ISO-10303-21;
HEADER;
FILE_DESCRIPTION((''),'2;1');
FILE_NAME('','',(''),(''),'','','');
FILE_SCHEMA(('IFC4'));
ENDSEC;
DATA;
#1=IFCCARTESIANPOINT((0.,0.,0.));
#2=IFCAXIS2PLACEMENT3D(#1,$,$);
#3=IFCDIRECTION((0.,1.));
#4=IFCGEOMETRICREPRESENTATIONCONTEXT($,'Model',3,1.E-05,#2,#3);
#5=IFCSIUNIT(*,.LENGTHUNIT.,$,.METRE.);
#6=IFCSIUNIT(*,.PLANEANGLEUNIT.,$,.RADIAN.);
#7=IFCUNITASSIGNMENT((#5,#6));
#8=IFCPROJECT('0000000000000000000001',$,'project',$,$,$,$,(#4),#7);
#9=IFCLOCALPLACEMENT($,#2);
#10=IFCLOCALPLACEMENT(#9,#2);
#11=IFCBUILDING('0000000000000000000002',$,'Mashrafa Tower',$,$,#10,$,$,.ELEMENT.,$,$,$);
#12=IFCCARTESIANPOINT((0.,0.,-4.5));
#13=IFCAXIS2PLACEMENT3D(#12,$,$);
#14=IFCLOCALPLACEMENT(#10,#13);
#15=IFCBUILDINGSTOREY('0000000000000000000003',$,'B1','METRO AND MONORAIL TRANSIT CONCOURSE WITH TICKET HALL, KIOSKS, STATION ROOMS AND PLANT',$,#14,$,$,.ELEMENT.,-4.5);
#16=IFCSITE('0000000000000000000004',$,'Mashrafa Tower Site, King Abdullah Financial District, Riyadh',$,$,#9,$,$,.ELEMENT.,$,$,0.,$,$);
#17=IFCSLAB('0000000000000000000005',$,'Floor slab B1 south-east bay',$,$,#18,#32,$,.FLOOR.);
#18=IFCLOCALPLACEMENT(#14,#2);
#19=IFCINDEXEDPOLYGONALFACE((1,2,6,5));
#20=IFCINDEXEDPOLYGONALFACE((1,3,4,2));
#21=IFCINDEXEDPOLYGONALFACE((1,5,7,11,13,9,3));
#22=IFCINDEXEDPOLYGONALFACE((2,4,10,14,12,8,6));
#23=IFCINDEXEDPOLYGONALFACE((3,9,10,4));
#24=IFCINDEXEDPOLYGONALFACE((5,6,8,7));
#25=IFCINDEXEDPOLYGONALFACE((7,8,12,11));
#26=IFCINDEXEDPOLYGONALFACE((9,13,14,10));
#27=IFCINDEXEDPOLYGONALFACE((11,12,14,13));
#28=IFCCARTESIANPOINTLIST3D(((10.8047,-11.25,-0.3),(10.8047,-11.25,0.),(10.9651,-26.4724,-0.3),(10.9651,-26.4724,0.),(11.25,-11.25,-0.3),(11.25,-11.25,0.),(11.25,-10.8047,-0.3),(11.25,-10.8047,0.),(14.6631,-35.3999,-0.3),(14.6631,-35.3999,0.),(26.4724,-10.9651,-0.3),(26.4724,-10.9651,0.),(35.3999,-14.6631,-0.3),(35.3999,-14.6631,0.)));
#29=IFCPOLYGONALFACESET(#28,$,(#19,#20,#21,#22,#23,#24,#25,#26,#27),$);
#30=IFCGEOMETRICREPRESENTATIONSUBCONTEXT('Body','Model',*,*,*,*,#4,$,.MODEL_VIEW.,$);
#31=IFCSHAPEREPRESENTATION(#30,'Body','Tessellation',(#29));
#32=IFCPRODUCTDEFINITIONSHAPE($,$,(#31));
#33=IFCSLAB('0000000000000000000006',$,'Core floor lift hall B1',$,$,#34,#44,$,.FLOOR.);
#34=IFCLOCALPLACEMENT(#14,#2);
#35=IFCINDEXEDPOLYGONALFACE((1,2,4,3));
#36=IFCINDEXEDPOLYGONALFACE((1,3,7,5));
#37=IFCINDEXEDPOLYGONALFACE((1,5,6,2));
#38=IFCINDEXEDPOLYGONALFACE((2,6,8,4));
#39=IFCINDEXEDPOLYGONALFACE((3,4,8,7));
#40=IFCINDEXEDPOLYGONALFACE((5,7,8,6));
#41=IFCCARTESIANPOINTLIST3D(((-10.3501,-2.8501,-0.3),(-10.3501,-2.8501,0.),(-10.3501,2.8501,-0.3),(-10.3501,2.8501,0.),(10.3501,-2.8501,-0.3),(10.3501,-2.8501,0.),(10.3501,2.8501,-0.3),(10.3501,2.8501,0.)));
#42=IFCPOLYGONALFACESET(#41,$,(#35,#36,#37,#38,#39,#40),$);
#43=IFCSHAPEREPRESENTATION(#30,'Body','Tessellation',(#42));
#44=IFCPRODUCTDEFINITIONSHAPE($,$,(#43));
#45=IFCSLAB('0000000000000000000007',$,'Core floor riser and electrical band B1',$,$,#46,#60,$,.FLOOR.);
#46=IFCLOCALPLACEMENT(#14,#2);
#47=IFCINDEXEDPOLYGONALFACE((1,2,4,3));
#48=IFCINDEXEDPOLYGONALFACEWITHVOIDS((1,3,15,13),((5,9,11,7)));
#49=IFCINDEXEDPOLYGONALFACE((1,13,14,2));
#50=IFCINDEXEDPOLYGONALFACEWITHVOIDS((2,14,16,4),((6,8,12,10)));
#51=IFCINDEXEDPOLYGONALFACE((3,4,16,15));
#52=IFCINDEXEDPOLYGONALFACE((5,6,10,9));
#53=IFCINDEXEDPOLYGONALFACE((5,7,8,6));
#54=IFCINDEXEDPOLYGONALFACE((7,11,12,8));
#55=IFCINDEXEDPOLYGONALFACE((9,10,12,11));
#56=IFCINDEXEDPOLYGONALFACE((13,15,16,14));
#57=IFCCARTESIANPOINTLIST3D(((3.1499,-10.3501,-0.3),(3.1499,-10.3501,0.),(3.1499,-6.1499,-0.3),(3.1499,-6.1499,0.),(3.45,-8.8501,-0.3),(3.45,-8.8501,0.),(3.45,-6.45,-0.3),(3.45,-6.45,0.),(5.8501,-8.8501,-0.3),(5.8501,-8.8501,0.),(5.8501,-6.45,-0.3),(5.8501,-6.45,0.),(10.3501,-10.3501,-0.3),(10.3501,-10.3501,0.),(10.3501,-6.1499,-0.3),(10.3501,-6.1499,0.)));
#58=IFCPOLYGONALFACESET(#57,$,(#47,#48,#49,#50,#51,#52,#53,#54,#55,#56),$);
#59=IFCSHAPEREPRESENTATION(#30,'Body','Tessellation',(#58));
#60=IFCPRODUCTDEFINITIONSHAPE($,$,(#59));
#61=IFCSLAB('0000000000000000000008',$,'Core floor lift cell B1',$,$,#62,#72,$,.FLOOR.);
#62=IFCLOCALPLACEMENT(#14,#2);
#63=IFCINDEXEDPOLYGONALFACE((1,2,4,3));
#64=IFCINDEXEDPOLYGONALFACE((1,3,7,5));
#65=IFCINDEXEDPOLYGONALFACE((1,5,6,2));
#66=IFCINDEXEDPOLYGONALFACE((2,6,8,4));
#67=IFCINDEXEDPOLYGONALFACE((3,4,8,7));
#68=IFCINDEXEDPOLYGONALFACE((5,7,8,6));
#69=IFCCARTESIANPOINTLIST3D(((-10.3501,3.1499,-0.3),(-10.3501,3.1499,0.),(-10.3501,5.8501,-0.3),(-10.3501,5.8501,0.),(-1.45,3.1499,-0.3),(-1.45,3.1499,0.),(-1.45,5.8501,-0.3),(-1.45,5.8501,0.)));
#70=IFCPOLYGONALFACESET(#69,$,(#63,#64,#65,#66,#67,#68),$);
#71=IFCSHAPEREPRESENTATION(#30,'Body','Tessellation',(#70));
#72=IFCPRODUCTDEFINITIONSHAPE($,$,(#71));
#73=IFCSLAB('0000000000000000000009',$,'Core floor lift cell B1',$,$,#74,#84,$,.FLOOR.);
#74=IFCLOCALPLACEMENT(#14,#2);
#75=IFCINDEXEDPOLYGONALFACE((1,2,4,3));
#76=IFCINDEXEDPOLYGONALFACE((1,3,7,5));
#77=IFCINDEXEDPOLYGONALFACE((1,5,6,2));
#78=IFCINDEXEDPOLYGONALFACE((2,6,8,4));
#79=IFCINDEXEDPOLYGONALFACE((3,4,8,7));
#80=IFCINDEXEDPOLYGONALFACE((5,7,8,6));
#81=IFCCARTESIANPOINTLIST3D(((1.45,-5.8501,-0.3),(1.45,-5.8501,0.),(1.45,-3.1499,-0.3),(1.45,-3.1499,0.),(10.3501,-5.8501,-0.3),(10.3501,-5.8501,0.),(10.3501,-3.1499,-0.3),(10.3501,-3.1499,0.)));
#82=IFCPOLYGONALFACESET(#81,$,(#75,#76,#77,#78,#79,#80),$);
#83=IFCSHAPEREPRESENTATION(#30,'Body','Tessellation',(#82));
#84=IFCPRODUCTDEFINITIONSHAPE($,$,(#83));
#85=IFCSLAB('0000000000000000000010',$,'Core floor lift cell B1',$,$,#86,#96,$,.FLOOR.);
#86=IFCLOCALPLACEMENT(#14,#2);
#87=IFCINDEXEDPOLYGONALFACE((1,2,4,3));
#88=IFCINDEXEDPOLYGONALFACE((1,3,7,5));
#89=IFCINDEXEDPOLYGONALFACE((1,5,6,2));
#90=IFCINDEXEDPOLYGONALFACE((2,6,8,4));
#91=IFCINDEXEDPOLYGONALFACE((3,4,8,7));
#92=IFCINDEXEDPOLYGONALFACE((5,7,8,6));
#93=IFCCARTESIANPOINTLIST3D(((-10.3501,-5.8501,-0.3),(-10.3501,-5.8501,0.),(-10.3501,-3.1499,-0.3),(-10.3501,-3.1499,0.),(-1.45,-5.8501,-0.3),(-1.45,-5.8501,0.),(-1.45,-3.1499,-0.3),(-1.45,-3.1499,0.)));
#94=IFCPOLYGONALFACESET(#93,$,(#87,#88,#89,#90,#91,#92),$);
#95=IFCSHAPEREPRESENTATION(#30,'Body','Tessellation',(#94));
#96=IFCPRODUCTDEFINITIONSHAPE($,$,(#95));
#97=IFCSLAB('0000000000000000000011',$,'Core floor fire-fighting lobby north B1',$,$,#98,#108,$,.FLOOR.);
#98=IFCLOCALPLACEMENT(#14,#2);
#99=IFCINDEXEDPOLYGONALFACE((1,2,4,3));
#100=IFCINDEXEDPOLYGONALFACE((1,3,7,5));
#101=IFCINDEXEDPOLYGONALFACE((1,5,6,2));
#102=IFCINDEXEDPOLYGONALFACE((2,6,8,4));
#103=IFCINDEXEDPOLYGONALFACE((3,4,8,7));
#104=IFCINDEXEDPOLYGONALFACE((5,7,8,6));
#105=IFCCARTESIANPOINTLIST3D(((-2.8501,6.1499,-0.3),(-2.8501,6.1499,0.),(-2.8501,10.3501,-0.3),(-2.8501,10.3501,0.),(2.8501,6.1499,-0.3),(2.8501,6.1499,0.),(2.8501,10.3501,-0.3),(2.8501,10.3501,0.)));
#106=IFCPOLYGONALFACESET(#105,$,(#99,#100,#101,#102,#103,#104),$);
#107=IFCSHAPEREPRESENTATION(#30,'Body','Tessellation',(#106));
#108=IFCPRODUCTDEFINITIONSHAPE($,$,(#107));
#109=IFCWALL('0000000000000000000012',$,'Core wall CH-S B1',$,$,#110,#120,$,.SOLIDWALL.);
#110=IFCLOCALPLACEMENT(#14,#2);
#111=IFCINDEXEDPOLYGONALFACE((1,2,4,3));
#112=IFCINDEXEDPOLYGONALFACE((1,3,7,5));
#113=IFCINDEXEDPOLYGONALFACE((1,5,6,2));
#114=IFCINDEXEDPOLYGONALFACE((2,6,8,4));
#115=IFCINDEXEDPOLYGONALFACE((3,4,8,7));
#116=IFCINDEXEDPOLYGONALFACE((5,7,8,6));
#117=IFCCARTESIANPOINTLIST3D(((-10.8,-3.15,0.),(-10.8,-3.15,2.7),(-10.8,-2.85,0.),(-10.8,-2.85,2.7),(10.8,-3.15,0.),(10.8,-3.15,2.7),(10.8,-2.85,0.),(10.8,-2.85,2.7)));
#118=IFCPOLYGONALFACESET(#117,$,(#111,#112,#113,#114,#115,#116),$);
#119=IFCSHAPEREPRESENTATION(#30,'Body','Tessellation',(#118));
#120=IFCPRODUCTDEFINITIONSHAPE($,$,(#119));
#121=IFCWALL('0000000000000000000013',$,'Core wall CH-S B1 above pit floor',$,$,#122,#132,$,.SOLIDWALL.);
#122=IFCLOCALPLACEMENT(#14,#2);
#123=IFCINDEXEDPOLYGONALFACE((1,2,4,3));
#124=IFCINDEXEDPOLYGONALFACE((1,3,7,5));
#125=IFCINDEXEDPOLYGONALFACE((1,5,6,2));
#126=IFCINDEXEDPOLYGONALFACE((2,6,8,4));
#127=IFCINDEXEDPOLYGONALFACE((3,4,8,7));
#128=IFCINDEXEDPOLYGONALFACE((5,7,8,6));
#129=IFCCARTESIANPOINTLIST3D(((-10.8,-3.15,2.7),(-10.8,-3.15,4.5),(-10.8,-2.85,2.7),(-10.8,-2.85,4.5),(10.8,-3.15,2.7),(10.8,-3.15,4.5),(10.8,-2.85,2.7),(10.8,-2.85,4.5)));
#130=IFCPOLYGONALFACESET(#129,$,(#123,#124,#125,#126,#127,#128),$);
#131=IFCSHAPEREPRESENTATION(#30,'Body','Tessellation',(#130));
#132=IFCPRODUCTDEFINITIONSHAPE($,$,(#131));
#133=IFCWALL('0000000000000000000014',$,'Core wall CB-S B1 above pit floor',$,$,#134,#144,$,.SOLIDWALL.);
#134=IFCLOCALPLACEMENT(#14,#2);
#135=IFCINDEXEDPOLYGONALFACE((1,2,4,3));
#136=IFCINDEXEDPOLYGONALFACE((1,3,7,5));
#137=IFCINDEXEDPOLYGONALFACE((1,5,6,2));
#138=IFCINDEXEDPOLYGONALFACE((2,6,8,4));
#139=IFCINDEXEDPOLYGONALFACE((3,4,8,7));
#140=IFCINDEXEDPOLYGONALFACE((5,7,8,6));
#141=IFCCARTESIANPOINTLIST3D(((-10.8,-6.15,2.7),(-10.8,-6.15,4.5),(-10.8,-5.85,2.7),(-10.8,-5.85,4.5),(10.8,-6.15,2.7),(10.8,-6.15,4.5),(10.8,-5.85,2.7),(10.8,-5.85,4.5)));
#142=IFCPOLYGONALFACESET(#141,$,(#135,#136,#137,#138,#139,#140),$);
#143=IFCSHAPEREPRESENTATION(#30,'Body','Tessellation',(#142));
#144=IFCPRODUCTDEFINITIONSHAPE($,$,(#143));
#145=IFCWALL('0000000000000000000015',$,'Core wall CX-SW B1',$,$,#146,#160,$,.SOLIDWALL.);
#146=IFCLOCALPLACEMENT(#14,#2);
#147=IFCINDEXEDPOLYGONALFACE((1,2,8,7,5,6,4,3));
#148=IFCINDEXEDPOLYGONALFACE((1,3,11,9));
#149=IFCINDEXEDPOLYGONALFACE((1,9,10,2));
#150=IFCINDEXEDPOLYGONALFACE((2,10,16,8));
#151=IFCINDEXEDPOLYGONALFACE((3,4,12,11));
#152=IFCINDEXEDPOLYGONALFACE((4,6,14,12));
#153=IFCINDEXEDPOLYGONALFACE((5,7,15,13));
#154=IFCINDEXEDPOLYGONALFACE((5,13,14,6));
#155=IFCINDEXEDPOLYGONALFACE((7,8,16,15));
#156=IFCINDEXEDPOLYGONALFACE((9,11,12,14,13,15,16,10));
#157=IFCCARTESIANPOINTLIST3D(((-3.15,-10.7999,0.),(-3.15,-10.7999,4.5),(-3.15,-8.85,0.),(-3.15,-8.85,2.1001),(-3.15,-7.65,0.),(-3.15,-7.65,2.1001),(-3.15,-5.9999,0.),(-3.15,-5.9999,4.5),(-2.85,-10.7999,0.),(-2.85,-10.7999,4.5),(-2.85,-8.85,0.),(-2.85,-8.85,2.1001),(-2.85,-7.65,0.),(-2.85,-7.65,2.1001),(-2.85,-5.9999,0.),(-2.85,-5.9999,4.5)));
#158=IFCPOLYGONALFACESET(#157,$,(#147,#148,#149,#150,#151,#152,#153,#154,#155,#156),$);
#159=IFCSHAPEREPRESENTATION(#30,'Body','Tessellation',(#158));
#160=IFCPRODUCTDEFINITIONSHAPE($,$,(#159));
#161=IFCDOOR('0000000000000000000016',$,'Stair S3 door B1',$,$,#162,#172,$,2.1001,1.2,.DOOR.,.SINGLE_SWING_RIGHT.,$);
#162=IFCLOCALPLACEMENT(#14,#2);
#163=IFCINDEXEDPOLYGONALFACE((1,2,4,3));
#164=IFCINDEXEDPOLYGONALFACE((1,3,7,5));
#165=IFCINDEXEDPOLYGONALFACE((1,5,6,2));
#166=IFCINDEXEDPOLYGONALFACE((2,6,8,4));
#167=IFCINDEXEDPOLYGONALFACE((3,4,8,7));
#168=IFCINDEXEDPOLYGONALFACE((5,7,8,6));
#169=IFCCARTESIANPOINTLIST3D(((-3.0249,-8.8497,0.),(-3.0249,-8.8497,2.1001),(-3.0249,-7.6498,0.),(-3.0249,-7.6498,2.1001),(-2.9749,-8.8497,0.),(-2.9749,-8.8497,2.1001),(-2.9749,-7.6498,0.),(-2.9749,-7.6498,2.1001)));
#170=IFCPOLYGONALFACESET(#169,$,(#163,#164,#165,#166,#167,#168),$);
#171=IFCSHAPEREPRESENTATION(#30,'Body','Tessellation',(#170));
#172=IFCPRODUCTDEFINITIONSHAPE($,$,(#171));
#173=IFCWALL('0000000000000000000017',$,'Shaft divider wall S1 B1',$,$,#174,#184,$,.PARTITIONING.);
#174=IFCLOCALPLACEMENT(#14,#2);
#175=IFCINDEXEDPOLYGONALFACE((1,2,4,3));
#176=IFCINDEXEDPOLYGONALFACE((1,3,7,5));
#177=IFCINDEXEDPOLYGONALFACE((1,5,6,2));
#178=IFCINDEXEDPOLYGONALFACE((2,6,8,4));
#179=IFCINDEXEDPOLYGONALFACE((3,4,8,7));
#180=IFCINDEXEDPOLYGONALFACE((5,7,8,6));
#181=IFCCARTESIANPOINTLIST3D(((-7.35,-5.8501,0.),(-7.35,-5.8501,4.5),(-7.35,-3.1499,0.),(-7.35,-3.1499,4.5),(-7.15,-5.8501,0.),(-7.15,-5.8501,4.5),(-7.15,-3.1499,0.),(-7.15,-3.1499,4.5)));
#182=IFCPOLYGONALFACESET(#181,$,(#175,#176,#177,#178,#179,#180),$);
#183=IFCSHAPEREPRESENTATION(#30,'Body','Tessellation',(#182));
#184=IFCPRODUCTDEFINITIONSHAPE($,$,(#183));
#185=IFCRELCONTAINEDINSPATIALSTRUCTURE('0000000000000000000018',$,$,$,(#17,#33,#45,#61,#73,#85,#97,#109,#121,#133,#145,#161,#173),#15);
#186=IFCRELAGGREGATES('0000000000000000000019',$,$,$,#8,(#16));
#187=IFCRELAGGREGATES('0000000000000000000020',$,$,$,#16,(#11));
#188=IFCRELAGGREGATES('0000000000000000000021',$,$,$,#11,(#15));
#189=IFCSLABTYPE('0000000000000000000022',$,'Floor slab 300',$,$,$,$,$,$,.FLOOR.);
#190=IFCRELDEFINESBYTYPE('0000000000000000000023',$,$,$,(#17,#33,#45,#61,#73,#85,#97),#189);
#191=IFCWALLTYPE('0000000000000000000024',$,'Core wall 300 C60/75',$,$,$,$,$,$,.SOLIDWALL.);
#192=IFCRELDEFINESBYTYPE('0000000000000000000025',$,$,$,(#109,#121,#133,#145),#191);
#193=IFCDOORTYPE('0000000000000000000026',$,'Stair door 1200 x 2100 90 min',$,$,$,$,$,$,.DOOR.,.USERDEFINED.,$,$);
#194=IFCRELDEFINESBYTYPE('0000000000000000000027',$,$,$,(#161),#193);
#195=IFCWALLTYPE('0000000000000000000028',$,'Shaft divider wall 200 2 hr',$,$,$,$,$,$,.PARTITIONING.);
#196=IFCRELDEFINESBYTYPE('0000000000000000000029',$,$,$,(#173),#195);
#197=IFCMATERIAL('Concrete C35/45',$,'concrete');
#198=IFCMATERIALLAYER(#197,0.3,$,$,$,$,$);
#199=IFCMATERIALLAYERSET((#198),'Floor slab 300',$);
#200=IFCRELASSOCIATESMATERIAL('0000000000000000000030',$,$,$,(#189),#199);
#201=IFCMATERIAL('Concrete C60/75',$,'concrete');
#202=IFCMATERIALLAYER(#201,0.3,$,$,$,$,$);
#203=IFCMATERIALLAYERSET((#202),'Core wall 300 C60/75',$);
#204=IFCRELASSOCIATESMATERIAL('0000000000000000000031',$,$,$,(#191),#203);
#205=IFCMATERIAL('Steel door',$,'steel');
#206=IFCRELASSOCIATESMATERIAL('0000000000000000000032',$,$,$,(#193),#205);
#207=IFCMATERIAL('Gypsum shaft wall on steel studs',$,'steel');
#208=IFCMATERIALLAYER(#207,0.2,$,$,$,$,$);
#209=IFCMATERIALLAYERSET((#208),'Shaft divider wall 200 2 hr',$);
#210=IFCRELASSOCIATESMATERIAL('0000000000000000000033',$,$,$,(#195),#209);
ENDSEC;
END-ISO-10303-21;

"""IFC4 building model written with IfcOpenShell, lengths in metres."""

from ifc_helpers import new_model, si_unit, direction, frame, frame_2d, origin, place, context, subcontext, project, spatial, polyline, rectangle, outline, extrude, material, layer, layer_set, type_object, element, fill, save


model = new_model("IFC4")

# Units and contexts
model_context = context("Model", 3, precision=1e-05, world=origin(), true_north=direction((0.0, 1.0)))
body_context = subcontext(model_context, "Body", "Model", "MODEL_VIEW")
ifc_project = project(units=[si_unit("LENGTHUNIT", "METRE"), si_unit("PLANEANGLEUNIT", "RADIAN")], contexts=[model_context])

# Site, building, storey
site_placement = place(None, origin())
site = spatial("IfcSite", under=ifc_project, at=site_placement, Name="Mashrafa Tower Site, King Abdullah Financial District, Riyadh", CompositionType="ELEMENT", RefElevation=0.0)
building_placement = place(site_placement, origin())
building = spatial("IfcBuilding", under=site, at=building_placement, Name="Mashrafa Tower", CompositionType="ELEMENT")
storey_placement = place(building_placement, frame((0.0, 0.0, -4.5)))
storey = spatial("IfcBuildingStorey", under=building, at=storey_placement, Name="B1", Description="METRO AND MONORAIL TRANSIT CONCOURSE WITH TICKET HALL, KIOSKS, STATION ROOMS AND PLANT", CompositionType="ELEMENT", Elevation=-4.5)

# Slabs
ifc_material_1 = material(Name="Concrete C35/45", Category="concrete")
ifc_layer_1 = layer(ifc_material_1, 0.3)
ifc_layer_set_1 = layer_set([ifc_layer_1], Name="Floor slab 300")
slab_type = type_object("IfcSlabType", Name="Floor slab 300", PredefinedType="FLOOR", material=ifc_layer_set_1)
slab_1_placement = place(storey_placement, frame((0.0, 0.0, -0.3)))
element("IfcSlab", 1, at=slab_1_placement, inside=storey, type_object=slab_type, Name="Floor slab B1 south-east bay", PredefinedType="FLOOR", context=body_context, shape_type="SweptSolid", body=[
    extrude(outline(polyline([(14.6631, -35.3999), (10.9651, -26.4724), (10.8047, -11.25), (11.25, -11.25), (11.25, -10.8047), (26.4724, -10.9651), (35.3999, -14.6631), (14.6631, -35.3999)])), origin(), (0.0, 0.0, 1.0), 0.3),
])
slab_2_placement = place(storey_placement, frame((0.0, 0.0, -0.3)))
element("IfcSlab", 2, at=slab_2_placement, inside=storey, type_object=slab_type, Name="Core floor lift hall B1", PredefinedType="FLOOR", context=body_context, shape_type="SweptSolid", body=[
    extrude(outline(polyline([(-10.3501, 2.8501), (10.3501, 2.8501), (10.3501, -2.8501), (-10.3501, -2.8501), (-10.3501, 2.8501)])), origin(), (0.0, 0.0, 1.0), 0.3),
])
slab_3_placement = place(storey_placement, frame((0.0, 0.0, -0.3)))
element("IfcSlab", 3, at=slab_3_placement, inside=storey, type_object=slab_type, Name="Core floor riser and electrical band B1", PredefinedType="FLOOR", context=body_context, shape_type="SweptSolid", body=[
    extrude(outline(polyline([(10.3501, -6.1499), (10.3501, -10.3501), (3.1499, -10.3501), (3.1499, -6.1499), (10.3501, -6.1499)]), holes=[polyline([(3.45, -8.8501), (5.8501, -8.8501), (5.8501, -6.45), (3.45, -6.45), (3.45, -8.8501)])]), origin(), (0.0, 0.0, 1.0), 0.3),
])
slab_4_placement = place(storey_placement, frame((0.0, 0.0, -0.3)))
element("IfcSlab", 4, at=slab_4_placement, inside=storey, type_object=slab_type, Name="Core floor lift cell B1", PredefinedType="FLOOR", context=body_context, shape_type="SweptSolid", body=[
    extrude(outline(polyline([(-1.45, 3.1499), (-10.3501, 3.1499), (-10.3501, 5.8501), (-1.45, 5.8501), (-1.45, 3.1499)])), origin(), (0.0, 0.0, 1.0), 0.3),
])
slab_5_placement = place(storey_placement, frame((0.0, 0.0, -0.3)))
element("IfcSlab", 5, at=slab_5_placement, inside=storey, type_object=slab_type, Name="Core floor lift cell B1", PredefinedType="FLOOR", context=body_context, shape_type="SweptSolid", body=[
    extrude(outline(polyline([(10.3501, -3.1499), (10.3501, -5.8501), (1.45, -5.8501), (1.45, -3.1499), (10.3501, -3.1499)])), origin(), (0.0, 0.0, 1.0), 0.3),
])
slab_6_placement = place(storey_placement, frame((0.0, 0.0, -0.3)))
element("IfcSlab", 6, at=slab_6_placement, inside=storey, type_object=slab_type, Name="Core floor lift cell B1", PredefinedType="FLOOR", context=body_context, shape_type="SweptSolid", body=[
    extrude(outline(polyline([(-1.45, -5.8501), (-10.3501, -5.8501), (-10.3501, -3.1499), (-1.45, -3.1499), (-1.45, -5.8501)])), origin(), (0.0, 0.0, 1.0), 0.3),
])
slab_7_placement = place(storey_placement, frame((0.0, 0.0, -0.3)))
element("IfcSlab", 7, at=slab_7_placement, inside=storey, type_object=slab_type, Name="Core floor fire-fighting lobby north B1", PredefinedType="FLOOR", context=body_context, shape_type="SweptSolid", body=[
    extrude(outline(polyline([(-2.8501, 10.3501), (2.8501, 10.3501), (2.8501, 6.1499), (-2.8501, 6.1499), (-2.8501, 10.3501)])), origin(), (0.0, 0.0, 1.0), 0.3),
])

# Walls
ifc_material_2 = material(Name="Concrete C60/75", Category="concrete")
ifc_layer_2 = layer(ifc_material_2, 0.3)
ifc_layer_set_2 = layer_set([ifc_layer_2], Name="Core wall 300 C60/75")
wall_type_1 = type_object("IfcWallType", Name="Core wall 300 C60/75", PredefinedType="SOLIDWALL", material=ifc_layer_set_2)
wall_1_placement = place(storey_placement, frame((-10.8, -3.0, 0.0), z_axis=(0.0, 0.0, 1.0), x_axis=(1.0, 0.0, 0.0)))
element("IfcWall", 8, at=wall_1_placement, inside=storey, type_object=wall_type_1, Name="Core wall CH-S B1", PredefinedType="SOLIDWALL", context=body_context, shape_type="SweptSolid", body=[
    extrude(rectangle(XDim=21.6001, YDim=0.3, at=frame_2d((10.8, 0.0))), origin(), (0.0, 0.0, 1.0), 2.7),
])
for number, where, z_axis, x_axis, name in (
    (9, (-10.8, -3.0, 2.7), (0.0, 0.0, 1.0), (1.0, 0.0, 0.0), "Core wall CH-S B1 above pit floor"),
    (10, (-10.8, -6.0, 2.7), (0.0, 0.0, 1.0), (1.0, 0.0, 0.0), "Core wall CB-S B1 above pit floor"),
):
    element("IfcWall", number, at=place(storey_placement, frame(where, z_axis=z_axis, x_axis=x_axis)), inside=storey, type_object=wall_type_1, Name=name, PredefinedType="SOLIDWALL", context=body_context, shape_type="SweptSolid", body=[
        extrude(rectangle(XDim=21.6001, YDim=0.3, at=frame_2d((10.8, 0.0))), origin(), (0.0, 0.0, 1.0), 1.8),
    ])

# Wall, opening, door
wall_2_placement = place(storey_placement, frame((-3.0, -6.0, 0.0), z_axis=(0.0, 0.0, 1.0), x_axis=(0.0, -1.0, 0.0)))
wall_2 = element("IfcWall", 11, at=wall_2_placement, inside=storey, type_object=wall_type_1, Name="Core wall CX-SW B1", PredefinedType="SOLIDWALL", context=body_context, shape_type="SweptSolid", body=[
    extrude(rectangle(XDim=4.8, YDim=0.3, at=frame_2d((2.3999, 0.0))), origin(), (0.0, 0.0, 1.0), 4.5),
])
opening_placement = place(wall_2_placement, frame((1.6499, 0.0, 0.0)))
opening = element("IfcOpeningElement", 12, at=opening_placement, cuts=wall_2, PredefinedType="OPENING", context=body_context, shape_type="SweptSolid", body=[
    extrude(rectangle(XDim=1.2, YDim=2.1001, at=frame_2d((0.6001, 1.05))), frame((0.0, 0.1599, 0.0), z_axis=(0.0, -1.0, 0.0), x_axis=(1.0, 0.0, 0.0)), (0.0, 0.0, 1.0), 0.3201),
])
ifc_material_3 = material(Name="Steel door", Category="steel")
door_type = type_object("IfcDoorType", Name="Stair door 1200 x 2100 90 min", OperationType="USERDEFINED", PredefinedType="DOOR", material=ifc_material_3)
door_placement = place(opening_placement, frame((1.2, 0.0, 0.0), z_axis=(0.0, 0.0, 1.0), x_axis=(-1.0, 0.0, 0.0)))
door = element("IfcDoor", 13, at=door_placement, inside=storey, type_object=door_type, Name="Stair S3 door B1", OperationType="SINGLE_SWING_RIGHT", OverallHeight=2.1001, OverallWidth=1.2, PredefinedType="DOOR", context=body_context, shape_type="SweptSolid", body=[
    extrude(rectangle(XDim=1.2, YDim=2.1001, at=frame_2d((0.6001, 1.05))), frame((0.0, 0.0249, 0.0), z_axis=(0.0, -1.0, 0.0), x_axis=(1.0, 0.0, 0.0)), (0.0, 0.0, 1.0), 0.05),
])
fill(opening, door)

# Wall
ifc_material_4 = material(Name="Gypsum shaft wall on steel studs", Category="steel")
ifc_layer_3 = layer(ifc_material_4, 0.2)
ifc_layer_set_3 = layer_set([ifc_layer_3], Name="Shaft divider wall 200 2 hr")
wall_type_2 = type_object("IfcWallType", Name="Shaft divider wall 200 2 hr", PredefinedType="PARTITIONING", material=ifc_layer_set_3)
for number, where, z_axis, x_axis, name in (
    (14, (-7.25, -5.8501, 0.0), (0.0, 0.0, 1.0), (0.0, 1.0, 0.0), "Shaft divider wall S1 B1"),
):
    element("IfcWall", number, at=place(storey_placement, frame(where, z_axis=z_axis, x_axis=x_axis)), inside=storey, type_object=wall_type_2, Name=name, PredefinedType="PARTITIONING", context=body_context, shape_type="SweptSolid", body=[
        extrude(rectangle(XDim=2.7002, YDim=0.2, at=frame_2d((1.3501, 0.0))), origin(), (0.0, 0.0, 1.0), 4.5),
    ])

save(model, "model.ifc")
